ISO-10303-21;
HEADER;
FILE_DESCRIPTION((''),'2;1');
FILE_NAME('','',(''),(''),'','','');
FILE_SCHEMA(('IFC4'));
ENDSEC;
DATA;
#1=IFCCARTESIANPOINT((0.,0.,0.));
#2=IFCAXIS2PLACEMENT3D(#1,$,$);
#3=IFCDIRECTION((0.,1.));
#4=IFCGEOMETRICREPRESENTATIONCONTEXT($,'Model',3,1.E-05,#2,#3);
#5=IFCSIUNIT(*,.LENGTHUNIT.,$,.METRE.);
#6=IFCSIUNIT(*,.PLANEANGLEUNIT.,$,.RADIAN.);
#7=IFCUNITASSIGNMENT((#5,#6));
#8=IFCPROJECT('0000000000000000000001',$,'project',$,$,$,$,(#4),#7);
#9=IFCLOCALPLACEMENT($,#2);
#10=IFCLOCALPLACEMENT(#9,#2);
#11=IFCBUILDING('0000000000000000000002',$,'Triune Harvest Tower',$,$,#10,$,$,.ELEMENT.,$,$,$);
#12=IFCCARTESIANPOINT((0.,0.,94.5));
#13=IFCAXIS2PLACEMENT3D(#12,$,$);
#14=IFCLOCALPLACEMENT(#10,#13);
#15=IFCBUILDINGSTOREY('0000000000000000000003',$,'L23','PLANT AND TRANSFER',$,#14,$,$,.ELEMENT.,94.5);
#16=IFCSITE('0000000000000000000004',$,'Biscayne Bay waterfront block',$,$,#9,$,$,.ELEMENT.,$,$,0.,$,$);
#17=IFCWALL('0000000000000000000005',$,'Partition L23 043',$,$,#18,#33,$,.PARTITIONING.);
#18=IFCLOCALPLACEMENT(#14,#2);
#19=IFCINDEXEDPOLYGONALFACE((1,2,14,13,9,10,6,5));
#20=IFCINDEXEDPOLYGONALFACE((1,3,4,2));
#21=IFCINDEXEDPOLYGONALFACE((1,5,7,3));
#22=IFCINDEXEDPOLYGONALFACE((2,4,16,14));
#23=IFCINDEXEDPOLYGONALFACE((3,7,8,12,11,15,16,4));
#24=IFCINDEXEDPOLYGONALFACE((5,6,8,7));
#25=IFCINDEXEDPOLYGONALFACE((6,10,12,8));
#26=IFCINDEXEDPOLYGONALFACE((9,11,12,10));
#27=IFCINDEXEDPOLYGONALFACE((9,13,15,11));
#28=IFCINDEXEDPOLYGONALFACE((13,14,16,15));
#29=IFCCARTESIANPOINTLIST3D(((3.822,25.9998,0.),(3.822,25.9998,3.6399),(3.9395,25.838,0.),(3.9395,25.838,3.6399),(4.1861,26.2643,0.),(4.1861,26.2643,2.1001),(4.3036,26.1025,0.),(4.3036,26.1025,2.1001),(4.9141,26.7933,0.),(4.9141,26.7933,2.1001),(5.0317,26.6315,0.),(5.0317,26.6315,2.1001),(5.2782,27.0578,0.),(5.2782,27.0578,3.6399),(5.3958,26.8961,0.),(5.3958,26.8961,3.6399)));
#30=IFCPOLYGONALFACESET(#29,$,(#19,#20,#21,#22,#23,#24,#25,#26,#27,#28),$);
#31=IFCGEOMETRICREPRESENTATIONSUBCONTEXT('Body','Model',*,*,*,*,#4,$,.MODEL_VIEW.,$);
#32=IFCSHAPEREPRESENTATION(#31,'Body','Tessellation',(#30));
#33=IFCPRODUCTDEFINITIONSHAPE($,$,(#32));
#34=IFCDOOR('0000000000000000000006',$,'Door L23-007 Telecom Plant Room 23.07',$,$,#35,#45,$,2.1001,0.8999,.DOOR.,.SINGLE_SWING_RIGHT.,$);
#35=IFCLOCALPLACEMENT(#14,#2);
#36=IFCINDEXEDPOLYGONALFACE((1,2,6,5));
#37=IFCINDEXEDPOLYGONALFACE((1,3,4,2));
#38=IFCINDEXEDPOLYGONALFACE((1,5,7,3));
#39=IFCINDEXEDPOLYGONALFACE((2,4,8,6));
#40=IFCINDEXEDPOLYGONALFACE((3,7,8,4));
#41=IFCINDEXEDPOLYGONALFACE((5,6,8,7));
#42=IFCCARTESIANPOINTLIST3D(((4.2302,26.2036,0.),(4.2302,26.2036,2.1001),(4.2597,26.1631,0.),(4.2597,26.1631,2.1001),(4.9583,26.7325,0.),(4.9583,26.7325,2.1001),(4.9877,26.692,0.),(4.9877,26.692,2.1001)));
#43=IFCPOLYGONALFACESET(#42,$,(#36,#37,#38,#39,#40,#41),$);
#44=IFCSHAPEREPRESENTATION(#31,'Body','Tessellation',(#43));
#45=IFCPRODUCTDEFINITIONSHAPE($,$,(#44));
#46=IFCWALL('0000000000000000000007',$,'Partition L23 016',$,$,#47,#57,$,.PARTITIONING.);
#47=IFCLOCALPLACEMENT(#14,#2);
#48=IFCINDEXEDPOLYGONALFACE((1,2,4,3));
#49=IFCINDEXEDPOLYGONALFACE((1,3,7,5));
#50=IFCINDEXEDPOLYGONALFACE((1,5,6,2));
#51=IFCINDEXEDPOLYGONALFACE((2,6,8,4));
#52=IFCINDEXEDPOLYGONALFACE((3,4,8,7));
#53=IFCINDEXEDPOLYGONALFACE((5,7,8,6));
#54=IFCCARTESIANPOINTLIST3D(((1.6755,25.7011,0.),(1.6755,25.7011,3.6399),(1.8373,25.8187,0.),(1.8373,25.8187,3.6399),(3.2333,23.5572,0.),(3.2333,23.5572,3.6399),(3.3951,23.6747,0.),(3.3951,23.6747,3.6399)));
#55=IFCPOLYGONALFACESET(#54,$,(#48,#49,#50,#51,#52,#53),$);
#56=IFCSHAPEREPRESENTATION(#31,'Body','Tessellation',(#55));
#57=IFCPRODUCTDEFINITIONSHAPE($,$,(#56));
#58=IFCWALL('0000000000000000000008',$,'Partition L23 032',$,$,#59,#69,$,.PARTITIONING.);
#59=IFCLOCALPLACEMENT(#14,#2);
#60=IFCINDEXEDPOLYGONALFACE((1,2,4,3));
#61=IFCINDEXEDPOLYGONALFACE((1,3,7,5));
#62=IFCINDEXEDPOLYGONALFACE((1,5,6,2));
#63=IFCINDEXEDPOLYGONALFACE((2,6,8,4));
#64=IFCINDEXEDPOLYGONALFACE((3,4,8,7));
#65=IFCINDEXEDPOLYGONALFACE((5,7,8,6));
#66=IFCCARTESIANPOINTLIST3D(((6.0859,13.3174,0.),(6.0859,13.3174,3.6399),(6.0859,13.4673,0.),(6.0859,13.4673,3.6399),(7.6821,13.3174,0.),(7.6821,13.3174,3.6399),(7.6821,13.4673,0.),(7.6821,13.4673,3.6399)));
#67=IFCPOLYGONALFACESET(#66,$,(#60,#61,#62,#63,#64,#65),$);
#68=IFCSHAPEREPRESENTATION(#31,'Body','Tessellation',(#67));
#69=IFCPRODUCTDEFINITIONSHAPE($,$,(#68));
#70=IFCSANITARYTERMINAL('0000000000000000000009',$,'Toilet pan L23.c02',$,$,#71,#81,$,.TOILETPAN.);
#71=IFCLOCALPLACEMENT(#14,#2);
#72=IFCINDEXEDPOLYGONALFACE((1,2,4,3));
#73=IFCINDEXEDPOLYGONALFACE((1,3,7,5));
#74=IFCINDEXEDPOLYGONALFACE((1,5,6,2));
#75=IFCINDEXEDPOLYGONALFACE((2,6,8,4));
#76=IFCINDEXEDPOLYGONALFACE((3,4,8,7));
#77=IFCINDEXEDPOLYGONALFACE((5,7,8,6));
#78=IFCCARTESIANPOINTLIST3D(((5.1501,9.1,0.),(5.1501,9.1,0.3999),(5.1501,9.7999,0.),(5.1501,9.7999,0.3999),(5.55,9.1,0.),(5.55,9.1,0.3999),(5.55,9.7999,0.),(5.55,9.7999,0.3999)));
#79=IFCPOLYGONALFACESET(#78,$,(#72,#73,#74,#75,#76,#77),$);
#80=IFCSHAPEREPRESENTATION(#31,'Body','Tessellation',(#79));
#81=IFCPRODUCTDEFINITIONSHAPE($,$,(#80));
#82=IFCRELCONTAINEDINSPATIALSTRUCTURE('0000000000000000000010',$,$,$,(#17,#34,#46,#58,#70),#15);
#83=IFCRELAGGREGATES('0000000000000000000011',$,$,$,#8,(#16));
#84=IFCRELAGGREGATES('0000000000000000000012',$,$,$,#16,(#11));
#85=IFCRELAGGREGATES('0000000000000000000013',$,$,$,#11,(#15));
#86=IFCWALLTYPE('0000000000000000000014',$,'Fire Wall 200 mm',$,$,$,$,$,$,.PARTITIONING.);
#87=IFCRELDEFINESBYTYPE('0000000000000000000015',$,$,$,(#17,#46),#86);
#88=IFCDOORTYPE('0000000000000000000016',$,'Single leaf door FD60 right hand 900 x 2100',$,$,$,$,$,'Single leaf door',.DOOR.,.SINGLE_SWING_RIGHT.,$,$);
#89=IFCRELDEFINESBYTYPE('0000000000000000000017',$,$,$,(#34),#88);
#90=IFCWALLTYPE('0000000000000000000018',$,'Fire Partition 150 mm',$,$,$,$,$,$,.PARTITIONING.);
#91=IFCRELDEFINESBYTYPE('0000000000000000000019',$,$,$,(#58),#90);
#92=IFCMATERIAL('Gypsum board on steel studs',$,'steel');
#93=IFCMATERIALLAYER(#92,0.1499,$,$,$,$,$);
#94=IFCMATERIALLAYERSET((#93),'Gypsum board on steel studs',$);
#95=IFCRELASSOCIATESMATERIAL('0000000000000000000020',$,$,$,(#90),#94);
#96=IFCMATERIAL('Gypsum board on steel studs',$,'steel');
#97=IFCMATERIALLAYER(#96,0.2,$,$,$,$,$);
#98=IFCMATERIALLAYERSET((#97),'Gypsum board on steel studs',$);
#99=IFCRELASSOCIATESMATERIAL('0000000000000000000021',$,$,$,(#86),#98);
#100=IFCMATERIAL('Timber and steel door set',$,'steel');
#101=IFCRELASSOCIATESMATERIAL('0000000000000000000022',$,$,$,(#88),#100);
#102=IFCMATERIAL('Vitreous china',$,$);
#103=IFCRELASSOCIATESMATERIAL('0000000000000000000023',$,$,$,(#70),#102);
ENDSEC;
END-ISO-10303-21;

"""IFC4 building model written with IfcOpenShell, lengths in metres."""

from ifc_helpers import new_model, si_unit, direction, frame, frame_2d, origin, origin_2d, place, context, subcontext, project, spatial, rectangle, extrude, source, transform, mapped, material, layer, layer_set, type_object, element, fill, save


model = new_model("IFC4")

# Units and contexts
model_context = context("Model", 3, precision=1e-05, world=origin(), true_north=direction((0.0, 1.0)))
body_context = subcontext(model_context, "Body", "Model", "MODEL_VIEW")
ifc_project = project(units=[si_unit("LENGTHUNIT", "METRE"), si_unit("PLANEANGLEUNIT", "RADIAN")], contexts=[model_context])

# Site, building, storey
site_placement = place(None, origin())
site = spatial("IfcSite", under=ifc_project, at=site_placement, Name="Biscayne Bay waterfront block", CompositionType="ELEMENT", RefElevation=0.0)
building_placement = place(site_placement, origin())
building = spatial("IfcBuilding", under=site, at=building_placement, Name="Triune Harvest Tower", CompositionType="ELEMENT")
storey_placement = place(building_placement, frame((0.0, 0.0, 94.5)))
storey = spatial("IfcBuildingStorey", under=building, at=storey_placement, Name="L23", Description="PLANT AND TRANSFER", CompositionType="ELEMENT", Elevation=94.5)

# Shared definitions
ifc_material_1 = material(Name="Gypsum board on steel studs", Category="steel")
ifc_layer_1 = layer(ifc_material_1, 0.1499)
ifc_layer_set_1 = layer_set([ifc_layer_1], Name="Gypsum board on steel studs")
wall_type_1 = type_object("IfcWallType", Name="Fire Partition 150 mm", PredefinedType="PARTITIONING", material=ifc_layer_set_1)

# Shared definitions
ifc_material_2 = material(Name="Gypsum board on steel studs", Category="steel")
ifc_layer_2 = layer(ifc_material_2, 0.2)
ifc_layer_set_2 = layer_set([ifc_layer_2], Name="Gypsum board on steel studs")
wall_type_2 = type_object("IfcWallType", Name="Fire Wall 200 mm", PredefinedType="PARTITIONING", material=ifc_layer_set_2)

# Shared definitions
ifc_material_3 = material(Name="Timber and steel door set", Category="steel")
door_type_1 = type_object("IfcDoorType", Name="Single leaf door FD60 right hand 900 x 2100", ElementType="Single leaf door", OperationType="SINGLE_SWING_RIGHT", PredefinedType="DOOR", material=ifc_material_3)

# Wall, opening, door
shared_shape_1 = source(origin(), body_context, "Body", "SweptSolid", [
    extrude(rectangle(XDim=1.8, YDim=0.2, at=frame_2d((0.8999, 0.0))), origin(), (0.0, 0.0, 1.0), 3.6399),
])
wall_1_placement = place(storey_placement, frame((3.8809, 25.9189, 0.0), z_axis=(0.0, 0.0, 1.0), x_axis=(0.809006, 0.587801, 0.0)))
wall_1 = element("IfcWall", 1, at=wall_1_placement, inside=storey, type_object=wall_type_2, Name="Partition L23 043", PredefinedType="PARTITIONING", context=body_context, shape_type="MappedRepresentation", body=[
    mapped(shared_shape_1, transform((0.0, 0.0, 0.0), scale=1.0)),
])
opening_1_placement = place(wall_1_placement, frame((0.45, 0.0, 0.0)))
opening_1 = element("IfcOpeningElement", 2, at=opening_1_placement, cuts=wall_1, PredefinedType="OPENING", context=body_context, shape_type="SweptSolid", body=[
    extrude(rectangle(XDim=0.8999, YDim=2.1001, at=frame_2d((0.45, 1.05))), frame((0.0, 0.1099, 0.0), z_axis=(0.0, -1.0, 0.0), x_axis=(1.0, 0.0, 0.0)), (0.0, 0.0, 1.0), 0.22),
])
door_1_placement = place(opening_1_placement, origin())
door_1 = element("IfcDoor", 3, at=door_1_placement, inside=storey, type_object=door_type_1, Name="Door L23-007 Telecom Plant Room 23.07", OperationType="SINGLE_SWING_RIGHT", OverallHeight=2.1001, OverallWidth=0.8999, PredefinedType="DOOR", context=body_context, shape_type="SweptSolid", body=[
    extrude(rectangle(XDim=0.8999, YDim=2.1001, at=frame_2d((0.45, 1.05))), frame((0.0, 0.0249, 0.0), z_axis=(0.0, -1.0, 0.0), x_axis=(1.0, 0.0, 0.0)), (0.0, 0.0, 1.0), 0.05),
])
fill(opening_1, door_1)

# Walls
shared_shape_2 = source(origin(), body_context, "Body", "SweptSolid", [
    extrude(rectangle(XDim=2.6501, YDim=0.2, at=frame_2d((1.3252, 0.0))), origin(), (0.0, 0.0, 1.0), 3.6399),
])
wall_2_placement = place(storey_placement, frame((1.7563, 25.76, 0.0), z_axis=(0.0, 0.0, 1.0), x_axis=(0.587816, -0.808995, 0.0)))
element("IfcWall", 4, at=wall_2_placement, inside=storey, type_object=wall_type_2, Name="Partition L23 016", PredefinedType="PARTITIONING", context=body_context, shape_type="MappedRepresentation", body=[
    mapped(shared_shape_2, transform((0.0, 0.0, 0.0), scale=1.0)),
])
shared_shape_3 = source(origin(), body_context, "Body", "SweptSolid", [
    extrude(rectangle(XDim=1.5962, YDim=0.1499, at=frame_2d((0.7981, 0.0))), origin(), (0.0, 0.0, 1.0), 3.6399),
])
wall_3_placement = place(storey_placement, frame((6.0859, 13.3923, 0.0), z_axis=(0.0, 0.0, 1.0), x_axis=(1.0, 0.0, 0.0)))
element("IfcWall", 5, at=wall_3_placement, inside=storey, type_object=wall_type_1, Name="Partition L23 032", PredefinedType="PARTITIONING", context=body_context, shape_type="MappedRepresentation", body=[
    mapped(shared_shape_3, transform((0.0, 0.0, 0.0), scale=1.0)),
])

# Sanitary terminal
ifc_material_4 = material(Name="Vitreous china")
shared_shape_4 = source(origin(), body_context, "Body", "SweptSolid", [
    extrude(rectangle(XDim=0.3999, YDim=0.7, at=origin_2d()), origin(), (0.0, 0.0, 1.0), 0.3999),
])
sanitary_terminal_placement = place(storey_placement, frame((5.3501, 9.45, 0.0), z_axis=(0.0, 0.0, 1.0), x_axis=(1.0, 0.0, 0.0)))
element("IfcSanitaryTerminal", 6, at=sanitary_terminal_placement, inside=storey, material=ifc_material_4, Name="Toilet pan L23.c02", PredefinedType="TOILETPAN", context=body_context, shape_type="MappedRepresentation", body=[
    mapped(shared_shape_4, transform((0.0, 0.0, 0.0), scale=1.0)),
])

save(model, "model.ifc")
